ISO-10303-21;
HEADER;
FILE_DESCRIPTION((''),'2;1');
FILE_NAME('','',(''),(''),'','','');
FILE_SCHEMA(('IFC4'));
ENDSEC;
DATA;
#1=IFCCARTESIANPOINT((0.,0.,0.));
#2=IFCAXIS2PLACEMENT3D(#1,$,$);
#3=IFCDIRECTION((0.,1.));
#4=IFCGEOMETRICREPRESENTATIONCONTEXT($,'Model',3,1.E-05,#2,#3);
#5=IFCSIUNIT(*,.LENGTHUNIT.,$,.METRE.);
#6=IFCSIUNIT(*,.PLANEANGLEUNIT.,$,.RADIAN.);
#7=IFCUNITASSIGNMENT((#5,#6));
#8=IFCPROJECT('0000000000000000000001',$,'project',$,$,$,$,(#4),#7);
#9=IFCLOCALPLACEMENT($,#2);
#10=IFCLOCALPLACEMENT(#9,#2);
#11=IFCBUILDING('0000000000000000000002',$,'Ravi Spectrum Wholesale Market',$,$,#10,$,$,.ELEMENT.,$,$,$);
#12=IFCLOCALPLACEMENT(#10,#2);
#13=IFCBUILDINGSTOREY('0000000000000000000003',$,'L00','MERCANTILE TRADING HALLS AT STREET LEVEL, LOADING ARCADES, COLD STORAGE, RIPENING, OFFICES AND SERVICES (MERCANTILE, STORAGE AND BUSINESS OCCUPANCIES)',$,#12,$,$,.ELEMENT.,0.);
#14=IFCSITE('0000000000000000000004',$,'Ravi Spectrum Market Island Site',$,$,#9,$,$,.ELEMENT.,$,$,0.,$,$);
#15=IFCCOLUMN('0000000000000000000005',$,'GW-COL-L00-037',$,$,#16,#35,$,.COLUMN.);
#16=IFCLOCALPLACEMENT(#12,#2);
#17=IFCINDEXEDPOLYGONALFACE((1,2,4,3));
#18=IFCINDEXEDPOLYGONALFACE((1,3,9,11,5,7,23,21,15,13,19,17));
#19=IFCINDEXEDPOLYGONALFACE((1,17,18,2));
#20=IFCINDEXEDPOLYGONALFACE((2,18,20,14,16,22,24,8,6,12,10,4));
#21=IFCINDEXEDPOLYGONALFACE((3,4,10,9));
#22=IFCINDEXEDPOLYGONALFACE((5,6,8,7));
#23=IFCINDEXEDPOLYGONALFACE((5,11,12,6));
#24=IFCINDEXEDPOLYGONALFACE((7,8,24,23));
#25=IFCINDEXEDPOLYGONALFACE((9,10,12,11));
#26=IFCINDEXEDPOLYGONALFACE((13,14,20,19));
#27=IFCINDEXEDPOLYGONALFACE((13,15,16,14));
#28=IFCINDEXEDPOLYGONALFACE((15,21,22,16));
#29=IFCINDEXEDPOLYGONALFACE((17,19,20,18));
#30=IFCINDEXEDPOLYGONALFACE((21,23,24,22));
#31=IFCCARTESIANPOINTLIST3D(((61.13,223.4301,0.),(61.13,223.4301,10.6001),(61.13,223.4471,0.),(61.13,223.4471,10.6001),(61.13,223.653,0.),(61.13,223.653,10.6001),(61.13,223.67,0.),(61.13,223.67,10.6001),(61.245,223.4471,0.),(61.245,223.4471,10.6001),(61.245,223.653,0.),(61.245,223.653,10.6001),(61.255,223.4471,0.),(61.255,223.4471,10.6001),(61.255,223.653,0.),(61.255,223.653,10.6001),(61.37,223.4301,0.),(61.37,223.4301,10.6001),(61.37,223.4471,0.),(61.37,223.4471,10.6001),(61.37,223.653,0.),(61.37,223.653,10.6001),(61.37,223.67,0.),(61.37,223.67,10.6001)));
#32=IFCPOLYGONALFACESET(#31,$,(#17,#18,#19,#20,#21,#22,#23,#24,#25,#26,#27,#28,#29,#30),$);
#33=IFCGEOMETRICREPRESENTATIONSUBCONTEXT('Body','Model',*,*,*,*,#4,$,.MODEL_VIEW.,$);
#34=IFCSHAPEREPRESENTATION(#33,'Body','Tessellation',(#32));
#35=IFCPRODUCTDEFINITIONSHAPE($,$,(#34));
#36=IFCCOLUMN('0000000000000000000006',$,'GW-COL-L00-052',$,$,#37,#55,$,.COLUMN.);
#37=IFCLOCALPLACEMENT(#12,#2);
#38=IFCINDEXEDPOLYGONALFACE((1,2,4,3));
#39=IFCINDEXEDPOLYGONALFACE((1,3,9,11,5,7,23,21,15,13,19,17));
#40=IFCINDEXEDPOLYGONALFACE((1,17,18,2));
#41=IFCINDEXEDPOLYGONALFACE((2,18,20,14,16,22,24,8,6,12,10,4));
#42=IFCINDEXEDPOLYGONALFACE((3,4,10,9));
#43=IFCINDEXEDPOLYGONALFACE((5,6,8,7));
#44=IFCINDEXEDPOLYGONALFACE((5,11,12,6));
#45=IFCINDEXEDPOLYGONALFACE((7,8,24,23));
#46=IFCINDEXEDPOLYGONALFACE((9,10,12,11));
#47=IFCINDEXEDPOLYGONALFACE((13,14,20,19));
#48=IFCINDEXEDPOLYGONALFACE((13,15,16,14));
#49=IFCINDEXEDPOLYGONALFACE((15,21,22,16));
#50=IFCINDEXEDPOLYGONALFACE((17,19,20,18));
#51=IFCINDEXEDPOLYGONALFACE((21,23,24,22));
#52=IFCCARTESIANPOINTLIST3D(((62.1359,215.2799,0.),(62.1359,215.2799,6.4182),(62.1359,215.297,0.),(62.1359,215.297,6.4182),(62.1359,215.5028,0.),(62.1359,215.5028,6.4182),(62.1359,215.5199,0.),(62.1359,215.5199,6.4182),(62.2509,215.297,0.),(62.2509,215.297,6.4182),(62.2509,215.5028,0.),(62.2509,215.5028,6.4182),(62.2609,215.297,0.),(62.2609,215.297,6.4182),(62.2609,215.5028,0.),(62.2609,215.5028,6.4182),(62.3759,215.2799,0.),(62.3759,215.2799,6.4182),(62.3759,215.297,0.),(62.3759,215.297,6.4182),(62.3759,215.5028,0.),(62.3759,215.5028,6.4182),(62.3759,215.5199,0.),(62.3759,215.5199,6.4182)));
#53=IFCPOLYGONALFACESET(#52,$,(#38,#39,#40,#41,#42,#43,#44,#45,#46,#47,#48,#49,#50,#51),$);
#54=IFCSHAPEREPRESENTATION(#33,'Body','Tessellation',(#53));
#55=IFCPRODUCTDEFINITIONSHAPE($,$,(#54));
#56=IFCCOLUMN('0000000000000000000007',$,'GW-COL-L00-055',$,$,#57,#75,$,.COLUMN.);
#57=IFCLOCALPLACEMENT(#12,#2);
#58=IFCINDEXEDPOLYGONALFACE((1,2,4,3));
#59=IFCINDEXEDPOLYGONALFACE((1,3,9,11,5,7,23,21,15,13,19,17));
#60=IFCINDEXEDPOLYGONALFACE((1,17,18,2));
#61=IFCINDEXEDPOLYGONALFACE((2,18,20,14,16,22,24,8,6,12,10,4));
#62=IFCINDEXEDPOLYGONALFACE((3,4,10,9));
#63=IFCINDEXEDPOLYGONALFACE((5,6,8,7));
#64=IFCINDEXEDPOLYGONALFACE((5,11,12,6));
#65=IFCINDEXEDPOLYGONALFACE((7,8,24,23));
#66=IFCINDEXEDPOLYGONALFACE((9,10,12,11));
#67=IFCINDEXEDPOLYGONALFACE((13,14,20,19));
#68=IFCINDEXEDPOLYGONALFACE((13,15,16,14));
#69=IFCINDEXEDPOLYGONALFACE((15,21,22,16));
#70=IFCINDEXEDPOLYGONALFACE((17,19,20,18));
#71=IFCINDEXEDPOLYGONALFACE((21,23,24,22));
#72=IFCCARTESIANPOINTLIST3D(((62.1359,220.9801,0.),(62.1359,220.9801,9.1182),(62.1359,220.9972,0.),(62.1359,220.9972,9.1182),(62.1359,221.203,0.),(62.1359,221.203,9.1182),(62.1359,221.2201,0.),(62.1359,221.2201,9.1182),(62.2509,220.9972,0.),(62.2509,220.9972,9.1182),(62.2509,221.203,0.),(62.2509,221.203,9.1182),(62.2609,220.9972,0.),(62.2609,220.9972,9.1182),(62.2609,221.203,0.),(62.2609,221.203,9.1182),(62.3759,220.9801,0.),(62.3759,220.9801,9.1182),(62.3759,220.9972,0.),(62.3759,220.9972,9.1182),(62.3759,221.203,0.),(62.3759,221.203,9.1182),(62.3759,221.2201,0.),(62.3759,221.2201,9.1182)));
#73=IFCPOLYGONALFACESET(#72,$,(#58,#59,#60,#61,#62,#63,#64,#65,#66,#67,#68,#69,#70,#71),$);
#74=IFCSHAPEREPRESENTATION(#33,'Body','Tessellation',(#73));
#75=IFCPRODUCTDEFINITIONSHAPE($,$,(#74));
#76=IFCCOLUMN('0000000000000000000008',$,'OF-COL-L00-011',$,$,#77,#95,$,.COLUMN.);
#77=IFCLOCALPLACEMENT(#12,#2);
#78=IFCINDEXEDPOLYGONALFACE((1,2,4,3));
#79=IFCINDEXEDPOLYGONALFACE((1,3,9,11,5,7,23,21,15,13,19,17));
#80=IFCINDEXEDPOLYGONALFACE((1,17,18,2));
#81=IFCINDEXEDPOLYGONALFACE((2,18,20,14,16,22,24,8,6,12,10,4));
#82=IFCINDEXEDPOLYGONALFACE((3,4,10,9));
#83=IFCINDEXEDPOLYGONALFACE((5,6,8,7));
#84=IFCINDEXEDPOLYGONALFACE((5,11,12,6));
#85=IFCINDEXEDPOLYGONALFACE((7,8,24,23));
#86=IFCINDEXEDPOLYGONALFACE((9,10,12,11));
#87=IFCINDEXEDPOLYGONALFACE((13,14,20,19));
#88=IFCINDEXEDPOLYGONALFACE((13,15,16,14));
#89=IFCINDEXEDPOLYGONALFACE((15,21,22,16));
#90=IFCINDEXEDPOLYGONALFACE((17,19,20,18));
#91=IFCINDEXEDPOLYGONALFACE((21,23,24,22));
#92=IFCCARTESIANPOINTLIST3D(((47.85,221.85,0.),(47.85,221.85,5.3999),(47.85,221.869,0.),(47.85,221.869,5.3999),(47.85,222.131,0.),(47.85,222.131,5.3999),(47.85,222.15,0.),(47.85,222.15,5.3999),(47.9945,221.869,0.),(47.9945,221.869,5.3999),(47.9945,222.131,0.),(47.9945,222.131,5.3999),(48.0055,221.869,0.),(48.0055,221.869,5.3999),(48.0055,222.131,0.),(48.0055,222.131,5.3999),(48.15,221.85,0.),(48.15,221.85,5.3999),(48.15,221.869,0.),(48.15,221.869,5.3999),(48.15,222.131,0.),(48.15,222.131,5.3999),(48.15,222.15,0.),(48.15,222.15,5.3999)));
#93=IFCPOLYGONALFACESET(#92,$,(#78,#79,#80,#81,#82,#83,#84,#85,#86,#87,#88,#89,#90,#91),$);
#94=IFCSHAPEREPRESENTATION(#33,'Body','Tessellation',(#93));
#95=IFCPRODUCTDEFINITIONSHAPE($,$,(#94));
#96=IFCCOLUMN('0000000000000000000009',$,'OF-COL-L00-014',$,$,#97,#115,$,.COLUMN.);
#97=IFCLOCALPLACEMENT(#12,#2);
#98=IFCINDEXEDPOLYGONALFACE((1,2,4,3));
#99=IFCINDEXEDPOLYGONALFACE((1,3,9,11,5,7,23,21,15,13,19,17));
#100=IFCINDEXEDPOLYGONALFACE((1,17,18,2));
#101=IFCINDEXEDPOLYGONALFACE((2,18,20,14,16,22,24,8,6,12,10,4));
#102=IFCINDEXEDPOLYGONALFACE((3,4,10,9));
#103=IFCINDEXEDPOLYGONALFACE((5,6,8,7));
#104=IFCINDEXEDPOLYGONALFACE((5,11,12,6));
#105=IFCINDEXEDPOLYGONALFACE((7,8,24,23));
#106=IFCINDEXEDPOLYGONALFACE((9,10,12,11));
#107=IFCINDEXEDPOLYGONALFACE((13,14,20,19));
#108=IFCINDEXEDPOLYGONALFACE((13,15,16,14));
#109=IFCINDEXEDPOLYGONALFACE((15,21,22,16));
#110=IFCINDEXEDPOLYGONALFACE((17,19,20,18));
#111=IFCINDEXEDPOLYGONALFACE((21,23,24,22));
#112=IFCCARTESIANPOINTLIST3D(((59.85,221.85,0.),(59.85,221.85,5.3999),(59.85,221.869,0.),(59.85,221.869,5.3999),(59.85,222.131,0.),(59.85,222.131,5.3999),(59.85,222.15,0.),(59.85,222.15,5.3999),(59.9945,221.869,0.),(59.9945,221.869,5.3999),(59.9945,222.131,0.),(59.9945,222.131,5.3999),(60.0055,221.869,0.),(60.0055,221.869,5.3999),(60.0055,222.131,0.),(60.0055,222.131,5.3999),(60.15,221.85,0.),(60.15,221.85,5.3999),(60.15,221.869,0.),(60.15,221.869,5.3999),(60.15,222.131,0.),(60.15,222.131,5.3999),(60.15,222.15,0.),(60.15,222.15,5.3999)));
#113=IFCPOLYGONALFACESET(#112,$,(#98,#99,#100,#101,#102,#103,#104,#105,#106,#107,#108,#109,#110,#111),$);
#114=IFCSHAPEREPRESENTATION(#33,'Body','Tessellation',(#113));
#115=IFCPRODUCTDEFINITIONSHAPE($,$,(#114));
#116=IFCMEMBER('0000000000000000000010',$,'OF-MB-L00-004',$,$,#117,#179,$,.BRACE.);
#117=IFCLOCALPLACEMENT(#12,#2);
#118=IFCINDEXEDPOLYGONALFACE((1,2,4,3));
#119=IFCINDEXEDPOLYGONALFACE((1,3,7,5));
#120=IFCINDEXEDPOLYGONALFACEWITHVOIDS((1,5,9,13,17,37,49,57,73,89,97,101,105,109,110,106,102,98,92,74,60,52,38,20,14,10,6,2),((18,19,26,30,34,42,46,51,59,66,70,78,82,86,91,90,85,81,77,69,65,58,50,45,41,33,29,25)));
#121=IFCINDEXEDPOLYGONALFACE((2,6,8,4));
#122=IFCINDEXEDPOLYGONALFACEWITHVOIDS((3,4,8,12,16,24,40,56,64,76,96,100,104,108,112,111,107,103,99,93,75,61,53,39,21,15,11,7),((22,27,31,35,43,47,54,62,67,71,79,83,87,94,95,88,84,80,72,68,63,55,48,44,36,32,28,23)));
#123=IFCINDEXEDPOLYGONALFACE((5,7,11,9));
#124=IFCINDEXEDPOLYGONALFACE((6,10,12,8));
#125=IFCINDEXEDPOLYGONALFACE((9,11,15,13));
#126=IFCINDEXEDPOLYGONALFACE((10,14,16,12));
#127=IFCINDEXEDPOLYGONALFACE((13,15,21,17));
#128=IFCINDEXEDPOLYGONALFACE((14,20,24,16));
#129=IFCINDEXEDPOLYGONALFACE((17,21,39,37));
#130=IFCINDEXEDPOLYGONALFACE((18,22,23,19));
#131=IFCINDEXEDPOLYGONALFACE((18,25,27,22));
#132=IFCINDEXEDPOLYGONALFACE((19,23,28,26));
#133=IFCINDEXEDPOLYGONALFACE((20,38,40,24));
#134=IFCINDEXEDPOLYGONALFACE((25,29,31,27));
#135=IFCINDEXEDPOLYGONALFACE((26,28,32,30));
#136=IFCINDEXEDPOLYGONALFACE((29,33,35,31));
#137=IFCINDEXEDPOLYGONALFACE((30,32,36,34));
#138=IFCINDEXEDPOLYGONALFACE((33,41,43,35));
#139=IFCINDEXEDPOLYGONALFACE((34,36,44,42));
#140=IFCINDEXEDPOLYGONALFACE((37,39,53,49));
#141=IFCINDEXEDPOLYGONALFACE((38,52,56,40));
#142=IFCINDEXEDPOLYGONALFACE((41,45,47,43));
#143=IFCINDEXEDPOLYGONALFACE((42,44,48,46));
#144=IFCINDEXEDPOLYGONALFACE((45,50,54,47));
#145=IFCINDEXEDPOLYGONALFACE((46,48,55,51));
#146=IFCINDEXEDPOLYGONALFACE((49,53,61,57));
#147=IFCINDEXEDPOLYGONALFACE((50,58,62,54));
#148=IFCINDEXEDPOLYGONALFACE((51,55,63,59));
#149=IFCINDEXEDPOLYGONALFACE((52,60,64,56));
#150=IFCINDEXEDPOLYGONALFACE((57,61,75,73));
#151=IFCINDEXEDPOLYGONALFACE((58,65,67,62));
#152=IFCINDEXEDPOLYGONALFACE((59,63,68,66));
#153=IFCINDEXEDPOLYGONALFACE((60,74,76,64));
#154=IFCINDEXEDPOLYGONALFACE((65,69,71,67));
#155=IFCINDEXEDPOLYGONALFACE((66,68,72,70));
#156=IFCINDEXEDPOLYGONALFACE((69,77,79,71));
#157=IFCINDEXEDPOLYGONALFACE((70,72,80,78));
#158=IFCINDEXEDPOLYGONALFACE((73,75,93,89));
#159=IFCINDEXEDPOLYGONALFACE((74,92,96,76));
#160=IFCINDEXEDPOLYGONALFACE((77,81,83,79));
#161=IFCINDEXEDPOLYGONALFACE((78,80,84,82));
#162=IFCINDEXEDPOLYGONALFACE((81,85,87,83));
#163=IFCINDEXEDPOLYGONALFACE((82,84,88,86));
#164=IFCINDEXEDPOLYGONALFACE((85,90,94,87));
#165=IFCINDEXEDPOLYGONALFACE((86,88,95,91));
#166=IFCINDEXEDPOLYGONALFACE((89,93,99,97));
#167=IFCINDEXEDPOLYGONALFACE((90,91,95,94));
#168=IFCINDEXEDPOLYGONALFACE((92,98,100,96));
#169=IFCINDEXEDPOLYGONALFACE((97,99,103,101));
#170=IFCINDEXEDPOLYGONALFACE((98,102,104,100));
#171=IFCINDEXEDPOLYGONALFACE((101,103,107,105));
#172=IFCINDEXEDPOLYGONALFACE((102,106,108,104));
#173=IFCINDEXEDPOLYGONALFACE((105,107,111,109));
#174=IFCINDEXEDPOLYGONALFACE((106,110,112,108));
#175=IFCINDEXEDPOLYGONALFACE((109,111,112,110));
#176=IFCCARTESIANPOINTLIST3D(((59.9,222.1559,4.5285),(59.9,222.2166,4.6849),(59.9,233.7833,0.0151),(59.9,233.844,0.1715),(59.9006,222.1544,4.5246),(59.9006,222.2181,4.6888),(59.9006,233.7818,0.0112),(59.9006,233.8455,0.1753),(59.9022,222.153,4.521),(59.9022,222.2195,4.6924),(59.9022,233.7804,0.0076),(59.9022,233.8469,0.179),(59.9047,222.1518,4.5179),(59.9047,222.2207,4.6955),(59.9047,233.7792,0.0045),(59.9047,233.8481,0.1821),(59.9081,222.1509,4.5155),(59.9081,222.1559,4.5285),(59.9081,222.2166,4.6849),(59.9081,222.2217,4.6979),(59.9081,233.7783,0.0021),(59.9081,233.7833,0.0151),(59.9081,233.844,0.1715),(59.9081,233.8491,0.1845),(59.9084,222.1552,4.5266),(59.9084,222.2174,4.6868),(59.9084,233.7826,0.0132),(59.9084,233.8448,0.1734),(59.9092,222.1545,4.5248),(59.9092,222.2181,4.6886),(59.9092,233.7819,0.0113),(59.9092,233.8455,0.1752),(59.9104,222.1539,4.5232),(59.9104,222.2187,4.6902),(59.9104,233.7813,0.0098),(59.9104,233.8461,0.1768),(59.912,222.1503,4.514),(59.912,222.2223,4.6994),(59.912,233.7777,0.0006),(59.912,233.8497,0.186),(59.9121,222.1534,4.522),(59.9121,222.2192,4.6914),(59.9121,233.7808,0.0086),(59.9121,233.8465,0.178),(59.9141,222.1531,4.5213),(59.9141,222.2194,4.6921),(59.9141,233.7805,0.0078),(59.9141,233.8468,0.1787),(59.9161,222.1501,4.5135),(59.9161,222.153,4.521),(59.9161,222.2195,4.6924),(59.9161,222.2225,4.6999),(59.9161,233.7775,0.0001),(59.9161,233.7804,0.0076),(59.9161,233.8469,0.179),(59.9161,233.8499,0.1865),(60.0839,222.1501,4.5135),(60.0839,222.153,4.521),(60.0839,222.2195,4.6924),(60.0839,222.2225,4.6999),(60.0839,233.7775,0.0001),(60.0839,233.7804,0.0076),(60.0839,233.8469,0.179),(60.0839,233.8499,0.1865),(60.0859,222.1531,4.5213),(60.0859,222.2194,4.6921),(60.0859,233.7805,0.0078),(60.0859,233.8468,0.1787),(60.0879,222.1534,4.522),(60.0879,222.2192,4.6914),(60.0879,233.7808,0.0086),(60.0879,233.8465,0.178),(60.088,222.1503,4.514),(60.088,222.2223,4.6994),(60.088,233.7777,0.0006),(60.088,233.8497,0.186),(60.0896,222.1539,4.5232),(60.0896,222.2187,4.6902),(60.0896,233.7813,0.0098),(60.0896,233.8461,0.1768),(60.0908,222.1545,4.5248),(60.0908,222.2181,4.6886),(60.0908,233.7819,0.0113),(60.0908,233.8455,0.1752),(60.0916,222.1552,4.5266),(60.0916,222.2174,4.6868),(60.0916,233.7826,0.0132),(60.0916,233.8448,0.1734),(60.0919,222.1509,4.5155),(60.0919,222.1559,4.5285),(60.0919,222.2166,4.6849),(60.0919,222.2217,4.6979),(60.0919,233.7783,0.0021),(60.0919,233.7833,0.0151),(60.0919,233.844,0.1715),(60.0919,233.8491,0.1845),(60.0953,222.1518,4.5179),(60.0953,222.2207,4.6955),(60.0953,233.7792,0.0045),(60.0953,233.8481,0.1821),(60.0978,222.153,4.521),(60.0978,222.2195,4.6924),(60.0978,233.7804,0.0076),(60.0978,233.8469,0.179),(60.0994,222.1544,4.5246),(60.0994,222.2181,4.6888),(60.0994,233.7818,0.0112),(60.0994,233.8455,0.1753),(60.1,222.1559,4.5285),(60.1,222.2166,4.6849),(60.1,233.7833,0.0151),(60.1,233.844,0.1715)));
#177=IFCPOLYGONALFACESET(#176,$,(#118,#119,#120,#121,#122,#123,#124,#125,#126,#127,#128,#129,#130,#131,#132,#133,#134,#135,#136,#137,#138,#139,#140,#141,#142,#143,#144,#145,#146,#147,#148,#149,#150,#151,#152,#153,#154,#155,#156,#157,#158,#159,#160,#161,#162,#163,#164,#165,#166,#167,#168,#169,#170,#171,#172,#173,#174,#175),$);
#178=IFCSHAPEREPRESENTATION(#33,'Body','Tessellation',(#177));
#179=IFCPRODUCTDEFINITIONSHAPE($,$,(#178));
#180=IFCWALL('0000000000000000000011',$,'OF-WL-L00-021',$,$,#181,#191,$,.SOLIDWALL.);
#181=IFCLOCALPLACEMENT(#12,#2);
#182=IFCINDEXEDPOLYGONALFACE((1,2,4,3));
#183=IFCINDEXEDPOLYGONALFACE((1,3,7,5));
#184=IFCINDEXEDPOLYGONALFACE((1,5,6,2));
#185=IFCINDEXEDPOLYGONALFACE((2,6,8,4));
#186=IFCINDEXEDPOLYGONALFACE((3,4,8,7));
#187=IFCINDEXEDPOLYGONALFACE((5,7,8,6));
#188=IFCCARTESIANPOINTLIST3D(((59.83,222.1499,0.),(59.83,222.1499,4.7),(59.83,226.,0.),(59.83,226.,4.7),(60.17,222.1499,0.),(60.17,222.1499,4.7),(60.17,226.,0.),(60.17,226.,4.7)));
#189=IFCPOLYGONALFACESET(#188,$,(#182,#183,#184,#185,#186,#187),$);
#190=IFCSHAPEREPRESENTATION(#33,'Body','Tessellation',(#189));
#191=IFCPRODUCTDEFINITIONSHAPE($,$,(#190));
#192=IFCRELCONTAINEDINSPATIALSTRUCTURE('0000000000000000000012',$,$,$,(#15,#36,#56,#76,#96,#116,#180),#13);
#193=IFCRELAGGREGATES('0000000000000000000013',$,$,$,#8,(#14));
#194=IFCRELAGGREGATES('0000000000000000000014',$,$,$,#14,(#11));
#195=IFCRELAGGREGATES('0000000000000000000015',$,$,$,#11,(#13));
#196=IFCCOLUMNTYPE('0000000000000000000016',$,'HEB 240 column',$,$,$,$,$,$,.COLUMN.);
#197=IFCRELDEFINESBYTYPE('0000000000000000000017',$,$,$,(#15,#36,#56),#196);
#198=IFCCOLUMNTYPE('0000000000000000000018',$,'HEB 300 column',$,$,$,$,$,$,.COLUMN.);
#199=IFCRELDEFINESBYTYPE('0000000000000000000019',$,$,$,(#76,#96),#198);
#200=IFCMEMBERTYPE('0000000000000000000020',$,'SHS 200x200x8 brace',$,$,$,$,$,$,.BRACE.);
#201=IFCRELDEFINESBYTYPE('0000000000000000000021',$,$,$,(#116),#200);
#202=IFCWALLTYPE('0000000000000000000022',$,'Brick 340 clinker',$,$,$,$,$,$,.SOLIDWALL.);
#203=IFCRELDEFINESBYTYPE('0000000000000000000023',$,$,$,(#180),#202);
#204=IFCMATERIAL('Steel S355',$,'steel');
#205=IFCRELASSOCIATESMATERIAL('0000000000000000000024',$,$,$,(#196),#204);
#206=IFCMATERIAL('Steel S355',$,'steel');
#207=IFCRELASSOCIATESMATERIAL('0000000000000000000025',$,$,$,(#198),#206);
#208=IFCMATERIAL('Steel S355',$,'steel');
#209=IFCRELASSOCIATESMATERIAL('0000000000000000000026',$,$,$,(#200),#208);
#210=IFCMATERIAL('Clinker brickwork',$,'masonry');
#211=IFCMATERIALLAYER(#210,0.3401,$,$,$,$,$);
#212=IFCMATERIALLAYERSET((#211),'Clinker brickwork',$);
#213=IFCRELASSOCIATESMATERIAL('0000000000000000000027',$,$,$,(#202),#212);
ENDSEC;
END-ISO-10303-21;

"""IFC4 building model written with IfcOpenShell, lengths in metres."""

from ifc_helpers import new_model, si_unit, direction, frame, frame_2d, origin, origin_2d, place, context, subcontext, project, spatial, rectangle, hollow_rectangle, i_section, extrude, material, layer, layer_set, material_profile, profile_set, type_object, element, save


model = new_model("IFC4")

# Units and contexts
model_context = context("Model", 3, precision=1e-05, world=origin(), true_north=direction((0.0, 1.0)))
body_context = subcontext(model_context, "Body", "Model", "MODEL_VIEW")
ifc_project = project(units=[si_unit("LENGTHUNIT", "METRE"), si_unit("PLANEANGLEUNIT", "RADIAN")], contexts=[model_context])

# Site, building, storey
site_placement = place(None, origin())
site = spatial("IfcSite", under=ifc_project, at=site_placement, Name="Ravi Spectrum Market Island Site", CompositionType="ELEMENT", RefElevation=0.0)
building_placement = place(site_placement, origin())
building = spatial("IfcBuilding", under=site, at=building_placement, Name="Ravi Spectrum Wholesale Market", CompositionType="ELEMENT")
storey_placement = place(building_placement, origin())
storey = spatial("IfcBuildingStorey", under=building, at=storey_placement, Name="L00", Description="MERCANTILE TRADING HALLS AT STREET LEVEL, LOADING ARCADES, COLD STORAGE, RIPENING, OFFICES AND SERVICES (MERCANTILE, STORAGE AND BUSINESS OCCUPANCIES)", CompositionType="ELEMENT", Elevation=0.0)

# Columns
ifc_material_1 = material(Name="Steel S355", Category="steel")
ifc_material_profile_1 = material_profile(ifc_material_1, i_section(OverallWidth=0.24, OverallDepth=0.24, WebThickness=0.01, FlangeThickness=0.0171, at=origin_2d()))
ifc_profile_set_1 = profile_set([ifc_material_profile_1], Name="Steel S355")
column_type_1 = type_object("IfcColumnType", Name="HEB 240 column", PredefinedType="COLUMN", material=ifc_profile_set_1)
column_1_placement = place(storey_placement, frame((61.25, 223.55, 0.0), z_axis=(0.0, 0.0, 1.0), x_axis=(1.0, 0.0, 0.0)))
element("IfcColumn", 1, at=column_1_placement, inside=storey, type_object=column_type_1, Name="GW-COL-L00-037", PredefinedType="COLUMN", context=body_context, shape_type="SweptSolid", body=[
    extrude(i_section(OverallWidth=0.24, OverallDepth=0.24, WebThickness=0.01, FlangeThickness=0.0171, at=origin_2d()), origin(), (0.0, 0.0, 1.0), 10.6001),
])
column_2_placement = place(storey_placement, frame((62.2559, 215.3999, 0.0), z_axis=(0.0, 0.0, 1.0), x_axis=(1.0, 0.0, 0.0)))
element("IfcColumn", 2, at=column_2_placement, inside=storey, type_object=column_type_1, Name="GW-COL-L00-052", PredefinedType="COLUMN", context=body_context, shape_type="SweptSolid", body=[
    extrude(i_section(OverallWidth=0.24, OverallDepth=0.24, WebThickness=0.01, FlangeThickness=0.0171, at=origin_2d()), origin(), (0.0, 0.0, 1.0), 6.4182),
])
column_3_placement = place(storey_placement, frame((62.2559, 221.1001, 0.0), z_axis=(0.0, 0.0, 1.0), x_axis=(1.0, 0.0, 0.0)))
element("IfcColumn", 3, at=column_3_placement, inside=storey, type_object=column_type_1, Name="GW-COL-L00-055", PredefinedType="COLUMN", context=body_context, shape_type="SweptSolid", body=[
    extrude(i_section(OverallWidth=0.24, OverallDepth=0.24, WebThickness=0.01, FlangeThickness=0.0171, at=origin_2d()), origin(), (0.0, 0.0, 1.0), 9.1182),
])
ifc_material_2 = material(Name="Steel S355", Category="steel")
ifc_material_profile_2 = material_profile(ifc_material_2, i_section(OverallWidth=0.3, OverallDepth=0.3, WebThickness=0.011, FlangeThickness=0.019, at=origin_2d()))
ifc_profile_set_2 = profile_set([ifc_material_profile_2], Name="Steel S355")
column_type_2 = type_object("IfcColumnType", Name="HEB 300 column", PredefinedType="COLUMN", material=ifc_profile_set_2)
for number, where, z_axis, x_axis, name in (
    (4, (48.0, 222.0, 0.0), (0.0, 0.0, 1.0), (1.0, 0.0, 0.0), "OF-COL-L00-011"),
    (5, (60.0, 222.0, 0.0), (0.0, 0.0, 1.0), (1.0, 0.0, 0.0), "OF-COL-L00-014"),
):
    element("IfcColumn", number, at=place(storey_placement, frame(where, z_axis=z_axis, x_axis=x_axis)), inside=storey, type_object=column_type_2, Name=name, PredefinedType="COLUMN", context=body_context, shape_type="SweptSolid", body=[
        extrude(i_section(OverallWidth=0.3, OverallDepth=0.3, WebThickness=0.011, FlangeThickness=0.019, at=origin_2d()), origin(), (0.0, 0.0, 1.0), 5.3999),
    ])

# Member
ifc_material_3 = material(Name="Steel S355", Category="steel")
ifc_material_profile_3 = material_profile(ifc_material_3, hollow_rectangle(XDim=0.2, YDim=0.2, WallThickness=0.0081, InnerFilletRadius=0.0081, OuterFilletRadius=0.0161, at=origin_2d()))
ifc_profile_set_3 = profile_set([ifc_material_profile_3], Name="Steel S355")
member_type = type_object("IfcMemberType", Name="SHS 200x200x8 brace", PredefinedType="BRACE", material=ifc_profile_set_3)
member_placement = place(storey_placement, frame((60.0, 222.1863, 4.6067), z_axis=(0.0, 0.932231, -0.361864), x_axis=(-1.0, 0.0, 0.0)))
element("IfcMember", 6, at=member_placement, inside=storey, type_object=member_type, Name="OF-MB-L00-004", PredefinedType="BRACE", context=body_context, shape_type="SweptSolid", body=[
    extrude(hollow_rectangle(XDim=0.2, YDim=0.2, WallThickness=0.0081, InnerFilletRadius=0.0081, OuterFilletRadius=0.0161, at=origin_2d()), origin(), (0.0, 0.0, 1.0), 12.4727),
])

# Wall
ifc_material_4 = material(Name="Clinker brickwork", Category="masonry")
ifc_layer_1 = layer(ifc_material_4, 0.3401)
ifc_layer_set_1 = layer_set([ifc_layer_1], Name="Clinker brickwork")
wall_type_1 = type_object("IfcWallType", Name="Brick 340 clinker", PredefinedType="SOLIDWALL", material=ifc_layer_set_1)
wall_1_placement = place(storey_placement, frame((60.0, 222.1499, 0.0), z_axis=(0.0, 0.0, 1.0), x_axis=(0.0, 1.0, 0.0)))
element("IfcWall", 7, at=wall_1_placement, inside=storey, type_object=wall_type_1, Name="OF-WL-L00-021", PredefinedType="SOLIDWALL", context=body_context, shape_type="SweptSolid", body=[
    extrude(rectangle(XDim=3.8501, YDim=0.3401, at=frame_2d((1.925, 0.0))), origin(), (0.0, 0.0, 1.0), 4.7),
])

save(model, "model.ifc")
